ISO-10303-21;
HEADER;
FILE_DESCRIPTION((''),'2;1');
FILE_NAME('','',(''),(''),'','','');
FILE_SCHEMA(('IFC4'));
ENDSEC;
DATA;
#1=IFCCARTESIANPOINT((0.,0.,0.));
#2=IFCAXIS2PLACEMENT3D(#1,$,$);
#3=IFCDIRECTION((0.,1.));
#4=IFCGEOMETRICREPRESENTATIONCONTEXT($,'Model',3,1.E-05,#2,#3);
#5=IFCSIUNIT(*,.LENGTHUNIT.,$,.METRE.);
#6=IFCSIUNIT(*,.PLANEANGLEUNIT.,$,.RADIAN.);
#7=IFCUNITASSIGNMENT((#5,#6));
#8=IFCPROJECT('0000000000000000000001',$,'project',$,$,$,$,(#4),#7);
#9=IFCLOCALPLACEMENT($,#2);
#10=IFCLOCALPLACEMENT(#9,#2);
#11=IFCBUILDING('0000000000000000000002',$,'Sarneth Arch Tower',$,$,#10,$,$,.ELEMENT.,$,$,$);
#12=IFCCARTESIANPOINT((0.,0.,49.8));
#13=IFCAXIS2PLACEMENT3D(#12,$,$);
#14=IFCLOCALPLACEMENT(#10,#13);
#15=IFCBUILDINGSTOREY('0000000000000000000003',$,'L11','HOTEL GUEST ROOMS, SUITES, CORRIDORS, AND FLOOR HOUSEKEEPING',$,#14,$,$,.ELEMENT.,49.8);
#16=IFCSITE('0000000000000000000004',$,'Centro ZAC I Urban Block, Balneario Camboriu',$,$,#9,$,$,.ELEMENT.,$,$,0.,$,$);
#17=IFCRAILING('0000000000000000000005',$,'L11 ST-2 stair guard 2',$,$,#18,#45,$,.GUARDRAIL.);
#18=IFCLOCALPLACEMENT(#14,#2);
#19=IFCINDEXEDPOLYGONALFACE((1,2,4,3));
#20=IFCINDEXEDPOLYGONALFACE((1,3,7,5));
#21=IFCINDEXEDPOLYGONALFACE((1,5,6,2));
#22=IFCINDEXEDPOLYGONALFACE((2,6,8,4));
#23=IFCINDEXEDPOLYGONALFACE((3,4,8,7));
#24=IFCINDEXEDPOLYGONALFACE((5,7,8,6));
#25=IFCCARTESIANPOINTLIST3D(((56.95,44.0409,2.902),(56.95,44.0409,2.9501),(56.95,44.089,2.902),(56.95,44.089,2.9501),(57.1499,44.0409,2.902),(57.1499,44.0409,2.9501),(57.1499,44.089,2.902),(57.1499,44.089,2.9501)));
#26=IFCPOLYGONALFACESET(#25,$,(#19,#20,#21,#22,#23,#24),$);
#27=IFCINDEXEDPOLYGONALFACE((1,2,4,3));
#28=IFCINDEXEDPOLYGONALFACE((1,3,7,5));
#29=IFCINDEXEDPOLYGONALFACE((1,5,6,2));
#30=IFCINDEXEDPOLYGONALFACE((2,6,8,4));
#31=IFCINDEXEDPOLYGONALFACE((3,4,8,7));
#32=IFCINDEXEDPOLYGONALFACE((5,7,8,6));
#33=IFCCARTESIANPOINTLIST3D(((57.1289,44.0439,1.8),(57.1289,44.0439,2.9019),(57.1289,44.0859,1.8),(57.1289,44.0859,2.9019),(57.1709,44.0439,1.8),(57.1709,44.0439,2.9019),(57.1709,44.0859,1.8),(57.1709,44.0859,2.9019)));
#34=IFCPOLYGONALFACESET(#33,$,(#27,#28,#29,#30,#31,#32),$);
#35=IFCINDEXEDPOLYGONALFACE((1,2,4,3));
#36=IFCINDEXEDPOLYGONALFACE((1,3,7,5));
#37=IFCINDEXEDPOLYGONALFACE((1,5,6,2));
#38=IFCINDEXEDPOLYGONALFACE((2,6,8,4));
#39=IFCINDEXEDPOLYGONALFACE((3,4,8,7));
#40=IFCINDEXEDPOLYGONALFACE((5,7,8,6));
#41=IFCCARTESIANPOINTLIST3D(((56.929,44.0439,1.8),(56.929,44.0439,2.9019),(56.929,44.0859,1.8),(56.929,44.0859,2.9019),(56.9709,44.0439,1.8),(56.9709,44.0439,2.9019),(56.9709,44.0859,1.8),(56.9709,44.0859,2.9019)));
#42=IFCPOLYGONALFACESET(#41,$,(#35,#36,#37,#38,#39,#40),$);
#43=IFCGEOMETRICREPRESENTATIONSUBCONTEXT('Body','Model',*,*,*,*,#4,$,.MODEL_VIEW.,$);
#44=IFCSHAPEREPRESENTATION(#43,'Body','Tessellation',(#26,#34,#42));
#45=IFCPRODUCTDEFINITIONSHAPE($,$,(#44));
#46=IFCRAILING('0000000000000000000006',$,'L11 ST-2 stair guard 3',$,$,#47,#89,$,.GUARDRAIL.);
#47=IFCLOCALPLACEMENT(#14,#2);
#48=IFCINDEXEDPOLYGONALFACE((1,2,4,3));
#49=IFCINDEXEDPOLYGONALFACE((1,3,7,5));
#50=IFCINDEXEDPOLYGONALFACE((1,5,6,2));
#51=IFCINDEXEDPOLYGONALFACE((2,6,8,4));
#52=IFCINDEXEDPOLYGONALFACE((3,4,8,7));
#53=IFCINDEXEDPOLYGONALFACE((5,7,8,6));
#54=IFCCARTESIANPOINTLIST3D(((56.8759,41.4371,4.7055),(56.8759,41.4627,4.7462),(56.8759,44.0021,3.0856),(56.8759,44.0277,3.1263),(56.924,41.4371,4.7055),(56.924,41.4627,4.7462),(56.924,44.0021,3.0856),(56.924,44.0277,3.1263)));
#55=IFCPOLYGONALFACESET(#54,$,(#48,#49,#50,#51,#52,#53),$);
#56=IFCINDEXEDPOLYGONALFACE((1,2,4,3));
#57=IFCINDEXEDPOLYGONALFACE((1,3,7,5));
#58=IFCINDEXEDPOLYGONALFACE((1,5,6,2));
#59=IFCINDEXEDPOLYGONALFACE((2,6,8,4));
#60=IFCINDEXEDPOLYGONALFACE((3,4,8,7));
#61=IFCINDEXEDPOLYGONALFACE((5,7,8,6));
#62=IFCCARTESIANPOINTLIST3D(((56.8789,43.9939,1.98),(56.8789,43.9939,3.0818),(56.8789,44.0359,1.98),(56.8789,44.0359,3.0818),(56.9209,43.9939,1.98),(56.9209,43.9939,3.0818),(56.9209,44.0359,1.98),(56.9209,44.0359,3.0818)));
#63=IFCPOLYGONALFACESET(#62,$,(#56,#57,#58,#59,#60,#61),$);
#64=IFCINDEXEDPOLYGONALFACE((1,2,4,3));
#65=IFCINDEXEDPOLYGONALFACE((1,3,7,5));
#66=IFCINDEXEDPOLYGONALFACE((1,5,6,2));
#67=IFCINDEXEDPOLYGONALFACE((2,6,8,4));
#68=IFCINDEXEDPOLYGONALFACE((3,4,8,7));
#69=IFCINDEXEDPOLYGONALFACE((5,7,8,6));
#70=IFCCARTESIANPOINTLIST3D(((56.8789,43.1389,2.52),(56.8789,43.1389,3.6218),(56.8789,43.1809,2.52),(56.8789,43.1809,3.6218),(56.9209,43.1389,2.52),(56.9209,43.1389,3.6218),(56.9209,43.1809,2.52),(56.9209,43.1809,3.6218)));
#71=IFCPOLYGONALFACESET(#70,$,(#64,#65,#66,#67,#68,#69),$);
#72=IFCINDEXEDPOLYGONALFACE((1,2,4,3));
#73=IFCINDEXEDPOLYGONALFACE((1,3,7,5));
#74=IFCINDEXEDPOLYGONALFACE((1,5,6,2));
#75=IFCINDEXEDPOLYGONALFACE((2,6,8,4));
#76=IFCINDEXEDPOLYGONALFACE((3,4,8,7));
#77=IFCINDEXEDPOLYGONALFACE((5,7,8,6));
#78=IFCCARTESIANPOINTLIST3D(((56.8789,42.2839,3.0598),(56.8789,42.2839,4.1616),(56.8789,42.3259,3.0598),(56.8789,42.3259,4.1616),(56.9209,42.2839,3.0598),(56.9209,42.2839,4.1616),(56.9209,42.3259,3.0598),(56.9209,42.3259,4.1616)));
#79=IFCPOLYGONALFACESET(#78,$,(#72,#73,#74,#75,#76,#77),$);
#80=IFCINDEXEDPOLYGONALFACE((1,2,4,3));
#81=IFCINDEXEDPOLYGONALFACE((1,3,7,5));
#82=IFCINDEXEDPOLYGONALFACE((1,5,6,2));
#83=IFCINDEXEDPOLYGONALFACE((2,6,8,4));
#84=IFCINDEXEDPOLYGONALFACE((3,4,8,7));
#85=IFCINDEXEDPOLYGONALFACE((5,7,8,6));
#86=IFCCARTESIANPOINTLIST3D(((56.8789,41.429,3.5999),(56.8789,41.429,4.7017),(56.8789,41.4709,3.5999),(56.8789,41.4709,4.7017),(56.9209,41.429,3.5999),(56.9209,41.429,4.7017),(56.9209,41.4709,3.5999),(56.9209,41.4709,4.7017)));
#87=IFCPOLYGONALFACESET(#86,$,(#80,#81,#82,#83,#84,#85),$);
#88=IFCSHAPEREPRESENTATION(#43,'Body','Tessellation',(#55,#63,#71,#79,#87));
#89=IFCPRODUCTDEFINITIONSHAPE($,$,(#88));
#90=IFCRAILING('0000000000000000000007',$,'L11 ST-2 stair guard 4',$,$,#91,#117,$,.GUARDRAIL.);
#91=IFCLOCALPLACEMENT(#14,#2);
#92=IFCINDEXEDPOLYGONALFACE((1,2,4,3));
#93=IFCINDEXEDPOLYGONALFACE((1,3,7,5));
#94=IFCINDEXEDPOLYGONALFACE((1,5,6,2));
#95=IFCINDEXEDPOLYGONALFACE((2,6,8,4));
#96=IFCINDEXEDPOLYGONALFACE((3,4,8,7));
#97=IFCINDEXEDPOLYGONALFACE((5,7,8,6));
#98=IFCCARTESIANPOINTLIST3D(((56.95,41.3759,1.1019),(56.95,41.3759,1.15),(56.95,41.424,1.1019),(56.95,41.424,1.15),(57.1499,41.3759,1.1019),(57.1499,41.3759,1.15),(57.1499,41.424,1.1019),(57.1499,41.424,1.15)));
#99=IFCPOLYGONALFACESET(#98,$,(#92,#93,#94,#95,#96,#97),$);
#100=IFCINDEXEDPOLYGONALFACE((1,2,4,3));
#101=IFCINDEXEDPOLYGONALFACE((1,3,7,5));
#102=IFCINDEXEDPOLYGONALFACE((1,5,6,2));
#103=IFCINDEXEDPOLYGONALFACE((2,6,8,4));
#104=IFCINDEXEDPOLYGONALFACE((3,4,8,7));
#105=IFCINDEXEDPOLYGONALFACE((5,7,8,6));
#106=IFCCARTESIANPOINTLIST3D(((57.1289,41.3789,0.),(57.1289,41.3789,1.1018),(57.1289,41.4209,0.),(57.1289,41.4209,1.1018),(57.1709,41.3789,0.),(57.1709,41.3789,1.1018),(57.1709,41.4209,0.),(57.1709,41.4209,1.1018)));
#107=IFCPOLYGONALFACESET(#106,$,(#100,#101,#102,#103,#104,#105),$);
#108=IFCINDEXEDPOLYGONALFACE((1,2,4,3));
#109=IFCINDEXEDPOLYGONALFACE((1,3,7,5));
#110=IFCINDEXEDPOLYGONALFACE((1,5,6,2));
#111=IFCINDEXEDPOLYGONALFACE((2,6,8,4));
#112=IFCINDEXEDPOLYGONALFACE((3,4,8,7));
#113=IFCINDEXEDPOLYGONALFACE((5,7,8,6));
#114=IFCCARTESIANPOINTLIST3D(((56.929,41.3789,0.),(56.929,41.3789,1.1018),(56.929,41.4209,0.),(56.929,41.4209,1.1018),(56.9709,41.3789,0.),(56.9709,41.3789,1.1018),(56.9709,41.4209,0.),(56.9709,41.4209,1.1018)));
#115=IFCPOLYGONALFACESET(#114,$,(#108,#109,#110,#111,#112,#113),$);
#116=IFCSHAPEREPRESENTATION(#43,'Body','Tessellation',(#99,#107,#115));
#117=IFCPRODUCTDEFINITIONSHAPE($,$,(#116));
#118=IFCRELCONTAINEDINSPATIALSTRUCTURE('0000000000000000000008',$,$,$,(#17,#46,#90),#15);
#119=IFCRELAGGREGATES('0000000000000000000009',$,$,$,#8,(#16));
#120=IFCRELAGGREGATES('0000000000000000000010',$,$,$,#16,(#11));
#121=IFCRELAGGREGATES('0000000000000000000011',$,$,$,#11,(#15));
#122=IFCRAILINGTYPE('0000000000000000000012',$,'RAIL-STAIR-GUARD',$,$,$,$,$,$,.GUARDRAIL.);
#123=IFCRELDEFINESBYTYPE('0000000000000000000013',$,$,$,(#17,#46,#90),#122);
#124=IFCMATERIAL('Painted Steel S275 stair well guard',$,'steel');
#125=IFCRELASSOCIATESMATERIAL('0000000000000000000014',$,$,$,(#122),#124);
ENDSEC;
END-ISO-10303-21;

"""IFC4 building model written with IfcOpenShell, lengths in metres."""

from ifc_helpers import new_model, si_unit, direction, frame, origin, origin_2d, place, context, subcontext, project, spatial, rectangle, extrude, material, type_object, element, save


model = new_model("IFC4")

# Units and contexts
model_context = context("Model", 3, precision=1e-05, world=origin(), true_north=direction((0.0, 1.0)))
body_context = subcontext(model_context, "Body", "Model", "MODEL_VIEW")
ifc_project = project(units=[si_unit("LENGTHUNIT", "METRE"), si_unit("PLANEANGLEUNIT", "RADIAN")], contexts=[model_context])

# Site, building, storey
site_placement = place(None, origin())
site = spatial("IfcSite", under=ifc_project, at=site_placement, Name="Centro ZAC I Urban Block, Balneario Camboriu", CompositionType="ELEMENT", RefElevation=0.0)
building_placement = place(site_placement, origin())
building = spatial("IfcBuilding", under=site, at=building_placement, Name="Sarneth Arch Tower", CompositionType="ELEMENT")
storey_placement = place(building_placement, frame((0.0, 0.0, 49.8)))
storey = spatial("IfcBuildingStorey", under=building, at=storey_placement, Name="L11", Description="HOTEL GUEST ROOMS, SUITES, CORRIDORS, AND FLOOR HOUSEKEEPING", CompositionType="ELEMENT", Elevation=49.8)

# Railings
ifc_material_1 = material(Name="Painted Steel S275 stair well guard", Category="steel")
railing_type_1 = type_object("IfcRailingType", Name="RAIL-STAIR-GUARD", PredefinedType="GUARDRAIL", material=ifc_material_1)
railing_1_placement = place(storey_placement, frame((57.1499, 44.0649, 1.8)))
element("IfcRailing", 1, at=railing_1_placement, inside=storey, type_object=railing_type_1, Name="L11 ST-2 stair guard 2", PredefinedType="GUARDRAIL", context=body_context, shape_type="SweptSolid", body=[
    extrude(rectangle(XDim=0.0481, YDim=0.0481, at=origin_2d()), frame((0.0, 0.0, 1.126), z_axis=(-1.0, 0.0, 0.0), x_axis=(0.0, -1.0, 0.0)), (0.0, 0.0, 1.0), 0.2),
    extrude(rectangle(XDim=0.042, YDim=0.042, at=origin_2d()), origin(), (0.0, 0.0, 1.0), 1.1018),
    extrude(rectangle(XDim=0.042, YDim=0.042, at=origin_2d()), frame((-0.2, 0.0, 0.0)), (0.0, 0.0, 1.0), 1.1018),
])
railing_2_placement = place(storey_placement, frame((56.8999, 44.0149, 1.98)))
element("IfcRailing", 2, at=railing_2_placement, inside=storey, type_object=railing_type_1, Name="L11 ST-2 stair guard 3", PredefinedType="GUARDRAIL", context=body_context, shape_type="SweptSolid", body=[
    extrude(rectangle(XDim=0.0481, YDim=0.0481, at=origin_2d()), frame((0.0, 0.0, 1.126), z_axis=(0.0, -0.845502, 0.533972), x_axis=(1.0, 0.0, 0.0)), (0.0, 0.0, 1.0), 3.0337),
    extrude(rectangle(XDim=0.042, YDim=0.042, at=origin_2d()), origin(), (0.0, 0.0, 1.0), 1.1018),
    extrude(rectangle(XDim=0.042, YDim=0.042, at=origin_2d()), frame((0.0, -0.855, 0.54)), (0.0, 0.0, 1.0), 1.1018),
    extrude(rectangle(XDim=0.042, YDim=0.042, at=origin_2d()), frame((0.0, -1.71, 1.0798)), (0.0, 0.0, 1.0), 1.1018),
    extrude(rectangle(XDim=0.042, YDim=0.042, at=origin_2d()), frame((0.0, -2.5649, 1.6199)), (0.0, 0.0, 1.0), 1.1018),
])
railing_3_placement = place(storey_placement, frame((57.1499, 41.3999, 0.0)))
element("IfcRailing", 3, at=railing_3_placement, inside=storey, type_object=railing_type_1, Name="L11 ST-2 stair guard 4", PredefinedType="GUARDRAIL", context=body_context, shape_type="SweptSolid", body=[
    extrude(rectangle(XDim=0.0481, YDim=0.0481, at=origin_2d()), frame((0.0, 0.0, 1.126), z_axis=(-1.0, 0.0, 0.0), x_axis=(0.0, -1.0, 0.0)), (0.0, 0.0, 1.0), 0.2),
    extrude(rectangle(XDim=0.042, YDim=0.042, at=origin_2d()), origin(), (0.0, 0.0, 1.0), 1.1018),
    extrude(rectangle(XDim=0.042, YDim=0.042, at=origin_2d()), frame((-0.2, 0.0, 0.0)), (0.0, 0.0, 1.0), 1.1018),
])

save(model, "model.ifc")
